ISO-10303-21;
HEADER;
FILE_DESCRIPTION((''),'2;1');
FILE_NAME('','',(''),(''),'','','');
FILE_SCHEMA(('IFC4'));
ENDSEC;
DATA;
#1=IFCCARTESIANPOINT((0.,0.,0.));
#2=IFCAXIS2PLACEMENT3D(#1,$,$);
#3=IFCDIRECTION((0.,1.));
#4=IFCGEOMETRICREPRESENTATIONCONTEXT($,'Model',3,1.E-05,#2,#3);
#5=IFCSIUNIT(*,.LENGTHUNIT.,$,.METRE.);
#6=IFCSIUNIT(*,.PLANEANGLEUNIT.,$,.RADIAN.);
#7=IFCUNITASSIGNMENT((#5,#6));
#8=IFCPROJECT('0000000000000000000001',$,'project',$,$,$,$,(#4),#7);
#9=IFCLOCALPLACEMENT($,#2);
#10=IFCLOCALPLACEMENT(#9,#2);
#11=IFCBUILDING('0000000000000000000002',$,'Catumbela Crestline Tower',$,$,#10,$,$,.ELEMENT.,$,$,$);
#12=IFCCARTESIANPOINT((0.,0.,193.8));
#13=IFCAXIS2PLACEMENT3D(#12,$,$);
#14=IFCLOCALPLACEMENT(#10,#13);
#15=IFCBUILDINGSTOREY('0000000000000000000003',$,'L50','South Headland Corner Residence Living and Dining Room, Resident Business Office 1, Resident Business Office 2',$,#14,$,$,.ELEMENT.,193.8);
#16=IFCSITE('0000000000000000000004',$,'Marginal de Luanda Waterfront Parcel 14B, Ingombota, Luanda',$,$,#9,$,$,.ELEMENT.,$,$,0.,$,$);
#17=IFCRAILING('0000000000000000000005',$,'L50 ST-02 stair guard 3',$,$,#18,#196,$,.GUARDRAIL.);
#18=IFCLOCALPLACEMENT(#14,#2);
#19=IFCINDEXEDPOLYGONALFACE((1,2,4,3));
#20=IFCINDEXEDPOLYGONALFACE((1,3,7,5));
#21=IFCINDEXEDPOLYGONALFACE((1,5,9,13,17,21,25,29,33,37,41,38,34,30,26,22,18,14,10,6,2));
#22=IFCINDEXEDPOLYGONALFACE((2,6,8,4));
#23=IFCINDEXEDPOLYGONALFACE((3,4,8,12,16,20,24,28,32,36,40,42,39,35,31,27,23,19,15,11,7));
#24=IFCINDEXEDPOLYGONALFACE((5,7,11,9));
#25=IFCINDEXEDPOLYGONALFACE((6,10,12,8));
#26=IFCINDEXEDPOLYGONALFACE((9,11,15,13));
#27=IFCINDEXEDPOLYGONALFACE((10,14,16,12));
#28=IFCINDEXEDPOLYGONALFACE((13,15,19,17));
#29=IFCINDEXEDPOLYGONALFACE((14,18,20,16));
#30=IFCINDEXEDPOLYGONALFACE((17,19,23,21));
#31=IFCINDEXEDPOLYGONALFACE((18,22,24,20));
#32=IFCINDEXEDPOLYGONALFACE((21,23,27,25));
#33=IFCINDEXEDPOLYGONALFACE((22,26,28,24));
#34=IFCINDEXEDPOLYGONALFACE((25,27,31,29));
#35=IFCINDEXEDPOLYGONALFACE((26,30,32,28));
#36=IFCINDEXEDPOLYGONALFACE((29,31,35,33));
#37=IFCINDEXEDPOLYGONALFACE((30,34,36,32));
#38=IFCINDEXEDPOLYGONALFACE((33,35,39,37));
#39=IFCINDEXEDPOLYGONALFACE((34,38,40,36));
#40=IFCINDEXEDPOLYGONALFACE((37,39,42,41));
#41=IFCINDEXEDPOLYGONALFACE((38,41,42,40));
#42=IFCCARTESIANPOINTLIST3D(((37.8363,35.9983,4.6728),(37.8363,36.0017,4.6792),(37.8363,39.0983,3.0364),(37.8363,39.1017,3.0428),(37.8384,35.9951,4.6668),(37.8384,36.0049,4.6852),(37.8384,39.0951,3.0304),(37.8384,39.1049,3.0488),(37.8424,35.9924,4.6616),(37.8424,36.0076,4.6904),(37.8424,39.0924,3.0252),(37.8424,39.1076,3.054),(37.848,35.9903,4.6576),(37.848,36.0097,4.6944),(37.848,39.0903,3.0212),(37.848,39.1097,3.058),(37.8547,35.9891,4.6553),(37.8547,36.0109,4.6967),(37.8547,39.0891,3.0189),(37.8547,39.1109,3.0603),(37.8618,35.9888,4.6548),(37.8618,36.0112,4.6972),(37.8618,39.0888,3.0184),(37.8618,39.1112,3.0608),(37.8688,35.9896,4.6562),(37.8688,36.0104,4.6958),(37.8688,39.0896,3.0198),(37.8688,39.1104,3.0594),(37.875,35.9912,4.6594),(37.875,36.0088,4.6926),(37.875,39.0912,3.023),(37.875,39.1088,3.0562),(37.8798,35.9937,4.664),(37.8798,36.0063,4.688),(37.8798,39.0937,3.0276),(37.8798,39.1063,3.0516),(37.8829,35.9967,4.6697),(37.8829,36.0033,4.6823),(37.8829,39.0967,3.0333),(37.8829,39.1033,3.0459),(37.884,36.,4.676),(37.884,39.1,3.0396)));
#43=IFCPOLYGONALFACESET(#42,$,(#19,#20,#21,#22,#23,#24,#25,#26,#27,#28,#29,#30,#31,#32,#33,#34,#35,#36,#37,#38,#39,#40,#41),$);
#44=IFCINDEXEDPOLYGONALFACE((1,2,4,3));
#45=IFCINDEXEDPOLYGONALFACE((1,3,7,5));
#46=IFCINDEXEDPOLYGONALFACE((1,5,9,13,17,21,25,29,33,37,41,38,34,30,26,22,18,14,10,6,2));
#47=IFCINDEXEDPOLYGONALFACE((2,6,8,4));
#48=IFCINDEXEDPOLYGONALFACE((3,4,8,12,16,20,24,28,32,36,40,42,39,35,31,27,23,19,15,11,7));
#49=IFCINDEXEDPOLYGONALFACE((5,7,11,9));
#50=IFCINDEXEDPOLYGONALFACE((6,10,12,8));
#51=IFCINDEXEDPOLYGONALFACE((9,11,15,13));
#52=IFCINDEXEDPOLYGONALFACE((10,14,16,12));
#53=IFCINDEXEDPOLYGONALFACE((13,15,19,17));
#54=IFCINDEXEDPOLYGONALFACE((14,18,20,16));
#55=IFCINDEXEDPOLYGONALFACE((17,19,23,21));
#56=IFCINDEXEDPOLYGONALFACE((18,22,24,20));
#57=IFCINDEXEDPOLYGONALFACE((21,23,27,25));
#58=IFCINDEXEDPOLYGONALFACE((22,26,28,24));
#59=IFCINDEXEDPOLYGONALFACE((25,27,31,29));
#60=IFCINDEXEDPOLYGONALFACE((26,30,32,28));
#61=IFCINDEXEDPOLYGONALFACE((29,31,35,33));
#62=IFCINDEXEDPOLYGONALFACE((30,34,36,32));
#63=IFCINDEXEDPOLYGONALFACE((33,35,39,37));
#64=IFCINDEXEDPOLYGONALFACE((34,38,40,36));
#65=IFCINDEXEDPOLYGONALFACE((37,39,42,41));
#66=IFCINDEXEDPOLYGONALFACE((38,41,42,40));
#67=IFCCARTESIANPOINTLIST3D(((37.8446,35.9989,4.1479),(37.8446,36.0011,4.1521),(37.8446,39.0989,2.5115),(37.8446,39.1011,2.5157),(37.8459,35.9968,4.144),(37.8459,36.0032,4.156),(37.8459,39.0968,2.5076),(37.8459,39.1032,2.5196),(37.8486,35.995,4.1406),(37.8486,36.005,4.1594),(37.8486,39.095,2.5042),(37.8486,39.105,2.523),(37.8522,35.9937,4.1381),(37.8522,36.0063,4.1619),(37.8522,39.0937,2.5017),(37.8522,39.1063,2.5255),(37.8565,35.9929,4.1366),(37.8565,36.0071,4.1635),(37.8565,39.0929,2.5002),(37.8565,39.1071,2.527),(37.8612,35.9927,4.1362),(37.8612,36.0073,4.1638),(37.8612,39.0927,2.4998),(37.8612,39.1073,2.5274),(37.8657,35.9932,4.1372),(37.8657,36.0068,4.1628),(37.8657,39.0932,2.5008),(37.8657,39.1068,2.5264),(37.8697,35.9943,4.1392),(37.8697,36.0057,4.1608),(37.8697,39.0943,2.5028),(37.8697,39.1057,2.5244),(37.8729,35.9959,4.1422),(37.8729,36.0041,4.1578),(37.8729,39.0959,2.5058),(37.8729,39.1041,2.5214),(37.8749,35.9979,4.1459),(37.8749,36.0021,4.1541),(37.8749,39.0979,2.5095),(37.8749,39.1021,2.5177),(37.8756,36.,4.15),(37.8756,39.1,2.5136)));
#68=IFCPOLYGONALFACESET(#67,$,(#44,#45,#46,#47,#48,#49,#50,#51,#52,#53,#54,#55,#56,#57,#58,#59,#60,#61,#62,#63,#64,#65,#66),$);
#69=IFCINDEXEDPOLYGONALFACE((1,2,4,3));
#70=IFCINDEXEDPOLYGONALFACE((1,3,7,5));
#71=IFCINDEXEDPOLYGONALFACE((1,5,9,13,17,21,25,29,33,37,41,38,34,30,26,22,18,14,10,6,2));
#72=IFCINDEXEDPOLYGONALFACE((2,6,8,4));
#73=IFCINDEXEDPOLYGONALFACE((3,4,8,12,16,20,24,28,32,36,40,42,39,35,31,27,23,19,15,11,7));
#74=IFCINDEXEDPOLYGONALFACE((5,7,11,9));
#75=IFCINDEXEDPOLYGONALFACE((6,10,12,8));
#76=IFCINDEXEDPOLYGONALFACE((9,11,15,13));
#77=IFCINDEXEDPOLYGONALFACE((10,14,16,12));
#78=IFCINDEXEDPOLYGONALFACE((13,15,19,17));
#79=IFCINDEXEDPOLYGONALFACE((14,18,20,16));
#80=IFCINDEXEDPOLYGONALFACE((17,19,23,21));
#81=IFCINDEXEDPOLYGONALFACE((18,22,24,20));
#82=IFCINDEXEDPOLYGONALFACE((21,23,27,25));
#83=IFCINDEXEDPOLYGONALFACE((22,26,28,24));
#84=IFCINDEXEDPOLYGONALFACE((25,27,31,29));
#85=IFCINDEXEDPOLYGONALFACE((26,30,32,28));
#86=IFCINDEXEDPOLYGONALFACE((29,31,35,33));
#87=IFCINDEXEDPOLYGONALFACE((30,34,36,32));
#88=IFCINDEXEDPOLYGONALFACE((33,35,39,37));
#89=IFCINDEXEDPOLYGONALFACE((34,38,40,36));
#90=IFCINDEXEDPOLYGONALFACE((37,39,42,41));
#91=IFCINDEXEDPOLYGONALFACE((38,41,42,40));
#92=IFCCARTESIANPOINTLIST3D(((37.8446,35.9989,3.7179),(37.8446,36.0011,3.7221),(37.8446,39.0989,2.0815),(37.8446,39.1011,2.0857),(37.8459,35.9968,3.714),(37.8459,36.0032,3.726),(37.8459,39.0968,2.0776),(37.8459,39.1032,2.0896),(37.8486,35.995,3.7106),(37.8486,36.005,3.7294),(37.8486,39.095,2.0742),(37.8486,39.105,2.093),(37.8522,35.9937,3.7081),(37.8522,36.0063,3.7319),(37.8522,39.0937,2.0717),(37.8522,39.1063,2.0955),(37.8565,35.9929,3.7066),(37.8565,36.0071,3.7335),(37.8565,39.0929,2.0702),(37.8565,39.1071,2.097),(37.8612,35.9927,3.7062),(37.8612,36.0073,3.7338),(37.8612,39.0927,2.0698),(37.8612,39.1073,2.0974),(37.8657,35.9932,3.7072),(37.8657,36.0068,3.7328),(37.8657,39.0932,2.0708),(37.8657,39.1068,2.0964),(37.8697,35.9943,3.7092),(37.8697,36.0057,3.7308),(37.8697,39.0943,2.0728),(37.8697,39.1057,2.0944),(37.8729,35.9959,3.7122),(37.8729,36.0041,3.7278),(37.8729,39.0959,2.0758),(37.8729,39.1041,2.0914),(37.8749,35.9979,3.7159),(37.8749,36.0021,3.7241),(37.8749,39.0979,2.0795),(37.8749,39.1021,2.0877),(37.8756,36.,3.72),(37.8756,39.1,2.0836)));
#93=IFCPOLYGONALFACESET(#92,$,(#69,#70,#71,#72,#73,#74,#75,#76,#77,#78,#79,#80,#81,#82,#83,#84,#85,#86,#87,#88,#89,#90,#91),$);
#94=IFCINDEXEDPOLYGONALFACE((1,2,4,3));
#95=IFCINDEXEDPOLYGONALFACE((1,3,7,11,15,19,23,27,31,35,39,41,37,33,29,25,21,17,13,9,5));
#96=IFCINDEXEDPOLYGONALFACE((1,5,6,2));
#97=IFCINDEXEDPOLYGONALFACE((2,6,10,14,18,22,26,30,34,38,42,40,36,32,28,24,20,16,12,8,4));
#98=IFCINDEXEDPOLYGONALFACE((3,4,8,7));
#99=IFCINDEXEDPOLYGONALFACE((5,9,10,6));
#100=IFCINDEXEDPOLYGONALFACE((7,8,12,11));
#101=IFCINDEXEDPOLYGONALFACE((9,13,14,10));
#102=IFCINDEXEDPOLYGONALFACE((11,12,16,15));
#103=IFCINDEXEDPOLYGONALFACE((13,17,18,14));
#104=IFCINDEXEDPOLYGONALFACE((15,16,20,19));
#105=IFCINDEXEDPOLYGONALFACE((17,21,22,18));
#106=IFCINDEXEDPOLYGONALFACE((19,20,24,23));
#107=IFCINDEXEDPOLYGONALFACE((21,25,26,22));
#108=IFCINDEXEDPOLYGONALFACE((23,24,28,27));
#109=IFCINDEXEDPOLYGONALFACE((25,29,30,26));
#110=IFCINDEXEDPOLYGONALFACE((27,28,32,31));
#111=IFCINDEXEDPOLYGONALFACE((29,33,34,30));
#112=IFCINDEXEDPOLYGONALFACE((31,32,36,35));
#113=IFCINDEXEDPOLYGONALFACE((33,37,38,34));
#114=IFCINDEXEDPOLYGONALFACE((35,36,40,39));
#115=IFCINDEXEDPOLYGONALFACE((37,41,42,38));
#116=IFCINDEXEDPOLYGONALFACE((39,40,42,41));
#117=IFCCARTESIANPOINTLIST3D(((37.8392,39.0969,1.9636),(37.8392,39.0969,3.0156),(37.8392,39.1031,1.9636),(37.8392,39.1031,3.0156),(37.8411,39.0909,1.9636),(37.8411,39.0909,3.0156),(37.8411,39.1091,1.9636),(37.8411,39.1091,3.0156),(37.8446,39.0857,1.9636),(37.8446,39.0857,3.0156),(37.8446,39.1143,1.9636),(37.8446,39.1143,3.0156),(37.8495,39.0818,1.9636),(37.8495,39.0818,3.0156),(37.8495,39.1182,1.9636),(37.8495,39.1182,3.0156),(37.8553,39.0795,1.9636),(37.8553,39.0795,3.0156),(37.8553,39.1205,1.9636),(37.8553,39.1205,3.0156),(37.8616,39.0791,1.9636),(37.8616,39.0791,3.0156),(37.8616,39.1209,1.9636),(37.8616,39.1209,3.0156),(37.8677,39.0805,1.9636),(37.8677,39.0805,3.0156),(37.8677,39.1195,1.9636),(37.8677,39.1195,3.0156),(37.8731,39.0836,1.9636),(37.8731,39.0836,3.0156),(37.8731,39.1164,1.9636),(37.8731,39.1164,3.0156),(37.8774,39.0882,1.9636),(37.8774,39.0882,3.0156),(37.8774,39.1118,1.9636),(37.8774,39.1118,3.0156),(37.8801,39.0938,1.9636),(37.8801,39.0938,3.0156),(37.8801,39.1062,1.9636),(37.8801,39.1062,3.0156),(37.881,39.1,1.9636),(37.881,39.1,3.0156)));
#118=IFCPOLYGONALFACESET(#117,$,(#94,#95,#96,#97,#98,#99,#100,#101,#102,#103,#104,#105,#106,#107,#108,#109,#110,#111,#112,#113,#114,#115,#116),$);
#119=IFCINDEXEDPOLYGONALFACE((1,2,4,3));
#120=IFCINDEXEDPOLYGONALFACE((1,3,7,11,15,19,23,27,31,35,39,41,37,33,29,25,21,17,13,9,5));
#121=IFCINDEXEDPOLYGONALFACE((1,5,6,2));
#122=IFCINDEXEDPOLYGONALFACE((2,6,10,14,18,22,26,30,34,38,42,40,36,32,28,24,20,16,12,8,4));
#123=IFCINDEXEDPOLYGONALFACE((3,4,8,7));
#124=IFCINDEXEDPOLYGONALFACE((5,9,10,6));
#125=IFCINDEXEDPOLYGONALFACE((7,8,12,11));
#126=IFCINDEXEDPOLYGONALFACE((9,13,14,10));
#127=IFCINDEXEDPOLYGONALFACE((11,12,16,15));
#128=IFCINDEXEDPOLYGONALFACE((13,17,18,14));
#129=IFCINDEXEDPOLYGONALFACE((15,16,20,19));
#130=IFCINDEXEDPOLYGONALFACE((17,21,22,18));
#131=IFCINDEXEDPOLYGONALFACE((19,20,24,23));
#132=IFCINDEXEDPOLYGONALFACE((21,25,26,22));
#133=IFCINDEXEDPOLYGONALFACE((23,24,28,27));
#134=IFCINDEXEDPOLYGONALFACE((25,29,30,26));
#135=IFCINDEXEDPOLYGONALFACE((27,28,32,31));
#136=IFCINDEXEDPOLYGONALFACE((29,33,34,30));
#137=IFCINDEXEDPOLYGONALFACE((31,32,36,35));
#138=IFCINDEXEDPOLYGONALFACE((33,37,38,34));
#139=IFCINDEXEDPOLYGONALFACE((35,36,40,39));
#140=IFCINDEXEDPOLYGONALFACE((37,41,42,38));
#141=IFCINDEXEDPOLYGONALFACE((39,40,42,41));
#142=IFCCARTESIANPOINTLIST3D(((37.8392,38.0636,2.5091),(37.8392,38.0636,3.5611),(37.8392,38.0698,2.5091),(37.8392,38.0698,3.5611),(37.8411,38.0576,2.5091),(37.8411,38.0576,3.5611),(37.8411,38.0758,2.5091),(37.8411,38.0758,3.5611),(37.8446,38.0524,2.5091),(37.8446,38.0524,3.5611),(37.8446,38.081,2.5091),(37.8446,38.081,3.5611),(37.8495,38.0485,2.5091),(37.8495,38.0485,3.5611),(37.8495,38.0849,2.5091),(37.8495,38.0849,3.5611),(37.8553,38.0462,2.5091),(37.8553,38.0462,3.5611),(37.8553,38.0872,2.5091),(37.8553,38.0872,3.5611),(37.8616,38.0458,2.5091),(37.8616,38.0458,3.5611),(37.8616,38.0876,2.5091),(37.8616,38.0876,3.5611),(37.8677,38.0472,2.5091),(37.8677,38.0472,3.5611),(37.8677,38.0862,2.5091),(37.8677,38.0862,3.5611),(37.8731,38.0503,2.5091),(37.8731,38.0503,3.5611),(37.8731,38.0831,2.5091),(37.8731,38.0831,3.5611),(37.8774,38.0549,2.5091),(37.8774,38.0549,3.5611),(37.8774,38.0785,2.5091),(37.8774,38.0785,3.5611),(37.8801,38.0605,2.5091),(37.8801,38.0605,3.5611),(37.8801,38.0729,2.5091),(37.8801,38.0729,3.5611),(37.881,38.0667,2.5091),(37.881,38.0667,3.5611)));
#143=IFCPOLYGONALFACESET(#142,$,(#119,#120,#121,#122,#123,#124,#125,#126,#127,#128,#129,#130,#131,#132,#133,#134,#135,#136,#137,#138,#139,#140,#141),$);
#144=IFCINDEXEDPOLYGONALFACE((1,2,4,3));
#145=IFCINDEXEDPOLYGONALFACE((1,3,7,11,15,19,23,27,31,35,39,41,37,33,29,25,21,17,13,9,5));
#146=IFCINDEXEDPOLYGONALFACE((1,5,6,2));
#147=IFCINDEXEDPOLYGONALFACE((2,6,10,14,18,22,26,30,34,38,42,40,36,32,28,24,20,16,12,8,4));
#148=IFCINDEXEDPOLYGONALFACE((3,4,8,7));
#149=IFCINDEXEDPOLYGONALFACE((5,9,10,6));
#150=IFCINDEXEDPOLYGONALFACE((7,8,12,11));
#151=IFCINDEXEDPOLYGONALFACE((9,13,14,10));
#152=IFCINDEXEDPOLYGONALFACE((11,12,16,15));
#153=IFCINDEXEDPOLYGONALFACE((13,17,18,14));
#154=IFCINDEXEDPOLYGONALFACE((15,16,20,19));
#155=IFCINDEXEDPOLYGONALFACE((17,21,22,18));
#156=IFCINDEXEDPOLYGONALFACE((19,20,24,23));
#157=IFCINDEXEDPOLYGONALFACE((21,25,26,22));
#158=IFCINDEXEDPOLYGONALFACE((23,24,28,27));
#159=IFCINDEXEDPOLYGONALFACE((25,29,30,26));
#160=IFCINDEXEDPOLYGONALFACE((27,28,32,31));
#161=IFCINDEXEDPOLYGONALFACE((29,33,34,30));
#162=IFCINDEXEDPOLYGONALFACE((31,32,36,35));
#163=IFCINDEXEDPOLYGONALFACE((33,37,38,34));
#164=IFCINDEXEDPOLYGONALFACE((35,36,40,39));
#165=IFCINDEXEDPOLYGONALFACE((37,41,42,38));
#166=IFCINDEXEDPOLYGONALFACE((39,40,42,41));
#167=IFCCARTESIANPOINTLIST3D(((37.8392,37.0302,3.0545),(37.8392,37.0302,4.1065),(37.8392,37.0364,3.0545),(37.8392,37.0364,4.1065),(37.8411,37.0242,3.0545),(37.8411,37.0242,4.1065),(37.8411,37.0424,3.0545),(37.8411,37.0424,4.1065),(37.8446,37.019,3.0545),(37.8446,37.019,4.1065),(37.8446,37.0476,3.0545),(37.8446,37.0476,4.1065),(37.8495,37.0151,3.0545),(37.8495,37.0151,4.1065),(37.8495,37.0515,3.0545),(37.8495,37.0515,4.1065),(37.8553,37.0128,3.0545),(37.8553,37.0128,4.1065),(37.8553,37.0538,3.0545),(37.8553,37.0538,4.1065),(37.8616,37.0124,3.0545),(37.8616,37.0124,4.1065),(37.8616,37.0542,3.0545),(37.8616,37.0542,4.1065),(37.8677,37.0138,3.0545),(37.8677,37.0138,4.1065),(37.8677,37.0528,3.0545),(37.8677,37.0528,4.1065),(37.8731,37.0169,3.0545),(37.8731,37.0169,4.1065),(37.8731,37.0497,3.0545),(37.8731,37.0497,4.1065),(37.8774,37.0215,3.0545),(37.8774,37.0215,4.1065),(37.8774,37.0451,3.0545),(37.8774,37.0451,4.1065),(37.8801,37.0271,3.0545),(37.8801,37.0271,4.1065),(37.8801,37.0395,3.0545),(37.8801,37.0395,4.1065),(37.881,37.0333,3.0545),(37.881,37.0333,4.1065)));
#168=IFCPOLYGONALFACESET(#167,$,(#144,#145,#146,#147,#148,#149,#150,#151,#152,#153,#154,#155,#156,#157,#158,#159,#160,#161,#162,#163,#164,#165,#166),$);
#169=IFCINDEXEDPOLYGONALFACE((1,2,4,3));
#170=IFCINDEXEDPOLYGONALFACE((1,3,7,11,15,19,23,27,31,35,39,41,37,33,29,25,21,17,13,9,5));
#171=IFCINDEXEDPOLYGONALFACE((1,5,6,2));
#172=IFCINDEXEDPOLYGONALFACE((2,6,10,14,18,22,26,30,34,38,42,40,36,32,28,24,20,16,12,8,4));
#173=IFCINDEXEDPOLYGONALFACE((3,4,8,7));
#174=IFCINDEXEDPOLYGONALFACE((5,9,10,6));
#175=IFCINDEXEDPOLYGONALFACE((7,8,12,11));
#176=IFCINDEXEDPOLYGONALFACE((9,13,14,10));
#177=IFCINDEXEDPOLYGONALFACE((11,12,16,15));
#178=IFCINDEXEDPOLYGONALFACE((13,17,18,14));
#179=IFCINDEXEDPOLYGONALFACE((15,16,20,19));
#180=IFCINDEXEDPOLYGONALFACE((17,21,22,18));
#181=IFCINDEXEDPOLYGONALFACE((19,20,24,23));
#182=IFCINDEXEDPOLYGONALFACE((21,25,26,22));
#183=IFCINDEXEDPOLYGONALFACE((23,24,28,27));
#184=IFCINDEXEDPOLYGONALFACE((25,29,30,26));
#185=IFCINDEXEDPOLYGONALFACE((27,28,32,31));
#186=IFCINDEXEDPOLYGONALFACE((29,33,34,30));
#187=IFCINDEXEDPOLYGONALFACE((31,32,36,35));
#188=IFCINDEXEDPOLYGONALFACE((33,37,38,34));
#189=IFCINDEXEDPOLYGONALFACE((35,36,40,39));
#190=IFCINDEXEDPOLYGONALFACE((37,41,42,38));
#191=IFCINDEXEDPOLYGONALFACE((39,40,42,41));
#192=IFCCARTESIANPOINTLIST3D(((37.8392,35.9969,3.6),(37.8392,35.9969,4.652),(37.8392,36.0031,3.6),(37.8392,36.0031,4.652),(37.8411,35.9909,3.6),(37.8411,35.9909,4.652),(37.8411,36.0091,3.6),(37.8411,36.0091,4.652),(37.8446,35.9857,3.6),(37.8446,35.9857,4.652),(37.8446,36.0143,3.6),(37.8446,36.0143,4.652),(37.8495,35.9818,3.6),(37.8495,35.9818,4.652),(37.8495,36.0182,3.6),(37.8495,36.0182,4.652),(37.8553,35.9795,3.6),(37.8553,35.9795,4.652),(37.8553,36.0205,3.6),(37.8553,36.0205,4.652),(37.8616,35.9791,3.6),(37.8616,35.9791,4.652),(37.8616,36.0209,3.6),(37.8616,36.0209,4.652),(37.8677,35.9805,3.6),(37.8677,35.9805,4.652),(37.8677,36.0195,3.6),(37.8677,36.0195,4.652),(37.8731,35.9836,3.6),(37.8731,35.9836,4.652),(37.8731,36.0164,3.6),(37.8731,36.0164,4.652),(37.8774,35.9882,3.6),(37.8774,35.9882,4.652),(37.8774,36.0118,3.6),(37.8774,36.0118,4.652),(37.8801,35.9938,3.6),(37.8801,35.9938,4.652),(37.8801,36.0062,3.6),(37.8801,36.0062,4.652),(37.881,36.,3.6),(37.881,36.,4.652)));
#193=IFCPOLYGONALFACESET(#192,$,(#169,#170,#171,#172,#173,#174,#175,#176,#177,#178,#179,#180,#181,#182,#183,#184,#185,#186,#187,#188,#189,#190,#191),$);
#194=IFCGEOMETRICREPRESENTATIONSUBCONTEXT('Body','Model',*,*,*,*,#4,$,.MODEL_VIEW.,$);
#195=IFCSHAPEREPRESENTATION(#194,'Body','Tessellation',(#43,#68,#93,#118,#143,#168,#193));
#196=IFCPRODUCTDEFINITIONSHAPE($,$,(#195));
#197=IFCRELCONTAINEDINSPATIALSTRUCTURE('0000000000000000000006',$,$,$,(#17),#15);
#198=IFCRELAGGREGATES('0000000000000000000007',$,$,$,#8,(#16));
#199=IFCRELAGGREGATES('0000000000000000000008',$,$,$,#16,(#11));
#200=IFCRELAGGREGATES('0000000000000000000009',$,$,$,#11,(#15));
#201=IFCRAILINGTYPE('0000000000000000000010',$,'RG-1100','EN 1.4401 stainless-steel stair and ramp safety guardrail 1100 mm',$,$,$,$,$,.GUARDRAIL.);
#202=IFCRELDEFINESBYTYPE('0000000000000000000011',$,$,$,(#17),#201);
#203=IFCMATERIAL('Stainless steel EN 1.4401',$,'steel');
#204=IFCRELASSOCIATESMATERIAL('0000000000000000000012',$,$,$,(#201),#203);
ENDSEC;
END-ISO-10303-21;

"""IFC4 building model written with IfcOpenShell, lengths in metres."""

from ifc_helpers import new_model, si_unit, direction, frame, origin, origin_2d, place, context, subcontext, project, spatial, circle, extrude, material, type_object, element, save


model = new_model("IFC4")

# Units and contexts
model_context = context("Model", 3, precision=1e-05, world=origin(), true_north=direction((0.0, 1.0)))
body_context = subcontext(model_context, "Body", "Model", "MODEL_VIEW")
ifc_project = project(units=[si_unit("LENGTHUNIT", "METRE"), si_unit("PLANEANGLEUNIT", "RADIAN")], contexts=[model_context])

# Site, building, storey
site_placement = place(None, origin())
site = spatial("IfcSite", under=ifc_project, at=site_placement, Name="Marginal de Luanda Waterfront Parcel 14B, Ingombota, Luanda", CompositionType="ELEMENT", RefElevation=0.0)
building_placement = place(site_placement, origin())
building = spatial("IfcBuilding", under=site, at=building_placement, Name="Catumbela Crestline Tower", CompositionType="ELEMENT")
storey_placement = place(building_placement, frame((0.0, 0.0, 193.8)))
storey = spatial("IfcBuildingStorey", under=building, at=storey_placement, Name="L50", Description="South Headland Corner Residence Living and Dining Room, Resident Business Office 1, Resident Business Office 2", CompositionType="ELEMENT", Elevation=193.8)

# Shared definitions
ifc_material_1 = material(Name="Stainless steel EN 1.4401", Category="steel")

# Railing
railing_type_1 = type_object("IfcRailingType", Name="RG-1100", Description="EN 1.4401 stainless-steel stair and ramp safety guardrail 1100 mm", PredefinedType="GUARDRAIL", material=ifc_material_1)
railing_1_placement = place(storey_placement, frame((37.86, 39.1, 1.9636)))
element("IfcRailing", 1, at=railing_1_placement, inside=storey, type_object=railing_type_1, Name="L50 ST-02 stair guard 3", PredefinedType="GUARDRAIL", context=body_context, shape_type="SweptSolid", body=[
    extrude(circle(Radius=0.024, at=origin_2d()), frame((0.0, 0.0, 1.076), z_axis=(0.0, -0.884351, 0.466823), x_axis=(1.0, 0.0, 0.0)), (0.0, 0.0, 1.0), 3.5054),
    extrude(circle(Radius=0.0156, at=origin_2d()), frame((0.0, 0.0, 0.55), z_axis=(0.0, -0.884351, 0.466823), x_axis=(1.0, 0.0, 0.0)), (0.0, 0.0, 1.0), 3.5054),
    extrude(circle(Radius=0.0156, at=origin_2d()), frame((0.0, 0.0, 0.12), z_axis=(0.0, -0.884351, 0.466823), x_axis=(1.0, 0.0, 0.0)), (0.0, 0.0, 1.0), 3.5054),
    extrude(circle(Radius=0.021, at=origin_2d()), origin(), (0.0, 0.0, 1.0), 1.052),
    extrude(circle(Radius=0.021, at=origin_2d()), frame((0.0, -1.0333, 0.5455)), (0.0, 0.0, 1.0), 1.052),
    extrude(circle(Radius=0.021, at=origin_2d()), frame((0.0, -2.0667, 1.0909)), (0.0, 0.0, 1.0), 1.052),
    extrude(circle(Radius=0.021, at=origin_2d()), frame((0.0, -3.1, 1.6364)), (0.0, 0.0, 1.0), 1.052),
])

save(model, "model.ifc")
